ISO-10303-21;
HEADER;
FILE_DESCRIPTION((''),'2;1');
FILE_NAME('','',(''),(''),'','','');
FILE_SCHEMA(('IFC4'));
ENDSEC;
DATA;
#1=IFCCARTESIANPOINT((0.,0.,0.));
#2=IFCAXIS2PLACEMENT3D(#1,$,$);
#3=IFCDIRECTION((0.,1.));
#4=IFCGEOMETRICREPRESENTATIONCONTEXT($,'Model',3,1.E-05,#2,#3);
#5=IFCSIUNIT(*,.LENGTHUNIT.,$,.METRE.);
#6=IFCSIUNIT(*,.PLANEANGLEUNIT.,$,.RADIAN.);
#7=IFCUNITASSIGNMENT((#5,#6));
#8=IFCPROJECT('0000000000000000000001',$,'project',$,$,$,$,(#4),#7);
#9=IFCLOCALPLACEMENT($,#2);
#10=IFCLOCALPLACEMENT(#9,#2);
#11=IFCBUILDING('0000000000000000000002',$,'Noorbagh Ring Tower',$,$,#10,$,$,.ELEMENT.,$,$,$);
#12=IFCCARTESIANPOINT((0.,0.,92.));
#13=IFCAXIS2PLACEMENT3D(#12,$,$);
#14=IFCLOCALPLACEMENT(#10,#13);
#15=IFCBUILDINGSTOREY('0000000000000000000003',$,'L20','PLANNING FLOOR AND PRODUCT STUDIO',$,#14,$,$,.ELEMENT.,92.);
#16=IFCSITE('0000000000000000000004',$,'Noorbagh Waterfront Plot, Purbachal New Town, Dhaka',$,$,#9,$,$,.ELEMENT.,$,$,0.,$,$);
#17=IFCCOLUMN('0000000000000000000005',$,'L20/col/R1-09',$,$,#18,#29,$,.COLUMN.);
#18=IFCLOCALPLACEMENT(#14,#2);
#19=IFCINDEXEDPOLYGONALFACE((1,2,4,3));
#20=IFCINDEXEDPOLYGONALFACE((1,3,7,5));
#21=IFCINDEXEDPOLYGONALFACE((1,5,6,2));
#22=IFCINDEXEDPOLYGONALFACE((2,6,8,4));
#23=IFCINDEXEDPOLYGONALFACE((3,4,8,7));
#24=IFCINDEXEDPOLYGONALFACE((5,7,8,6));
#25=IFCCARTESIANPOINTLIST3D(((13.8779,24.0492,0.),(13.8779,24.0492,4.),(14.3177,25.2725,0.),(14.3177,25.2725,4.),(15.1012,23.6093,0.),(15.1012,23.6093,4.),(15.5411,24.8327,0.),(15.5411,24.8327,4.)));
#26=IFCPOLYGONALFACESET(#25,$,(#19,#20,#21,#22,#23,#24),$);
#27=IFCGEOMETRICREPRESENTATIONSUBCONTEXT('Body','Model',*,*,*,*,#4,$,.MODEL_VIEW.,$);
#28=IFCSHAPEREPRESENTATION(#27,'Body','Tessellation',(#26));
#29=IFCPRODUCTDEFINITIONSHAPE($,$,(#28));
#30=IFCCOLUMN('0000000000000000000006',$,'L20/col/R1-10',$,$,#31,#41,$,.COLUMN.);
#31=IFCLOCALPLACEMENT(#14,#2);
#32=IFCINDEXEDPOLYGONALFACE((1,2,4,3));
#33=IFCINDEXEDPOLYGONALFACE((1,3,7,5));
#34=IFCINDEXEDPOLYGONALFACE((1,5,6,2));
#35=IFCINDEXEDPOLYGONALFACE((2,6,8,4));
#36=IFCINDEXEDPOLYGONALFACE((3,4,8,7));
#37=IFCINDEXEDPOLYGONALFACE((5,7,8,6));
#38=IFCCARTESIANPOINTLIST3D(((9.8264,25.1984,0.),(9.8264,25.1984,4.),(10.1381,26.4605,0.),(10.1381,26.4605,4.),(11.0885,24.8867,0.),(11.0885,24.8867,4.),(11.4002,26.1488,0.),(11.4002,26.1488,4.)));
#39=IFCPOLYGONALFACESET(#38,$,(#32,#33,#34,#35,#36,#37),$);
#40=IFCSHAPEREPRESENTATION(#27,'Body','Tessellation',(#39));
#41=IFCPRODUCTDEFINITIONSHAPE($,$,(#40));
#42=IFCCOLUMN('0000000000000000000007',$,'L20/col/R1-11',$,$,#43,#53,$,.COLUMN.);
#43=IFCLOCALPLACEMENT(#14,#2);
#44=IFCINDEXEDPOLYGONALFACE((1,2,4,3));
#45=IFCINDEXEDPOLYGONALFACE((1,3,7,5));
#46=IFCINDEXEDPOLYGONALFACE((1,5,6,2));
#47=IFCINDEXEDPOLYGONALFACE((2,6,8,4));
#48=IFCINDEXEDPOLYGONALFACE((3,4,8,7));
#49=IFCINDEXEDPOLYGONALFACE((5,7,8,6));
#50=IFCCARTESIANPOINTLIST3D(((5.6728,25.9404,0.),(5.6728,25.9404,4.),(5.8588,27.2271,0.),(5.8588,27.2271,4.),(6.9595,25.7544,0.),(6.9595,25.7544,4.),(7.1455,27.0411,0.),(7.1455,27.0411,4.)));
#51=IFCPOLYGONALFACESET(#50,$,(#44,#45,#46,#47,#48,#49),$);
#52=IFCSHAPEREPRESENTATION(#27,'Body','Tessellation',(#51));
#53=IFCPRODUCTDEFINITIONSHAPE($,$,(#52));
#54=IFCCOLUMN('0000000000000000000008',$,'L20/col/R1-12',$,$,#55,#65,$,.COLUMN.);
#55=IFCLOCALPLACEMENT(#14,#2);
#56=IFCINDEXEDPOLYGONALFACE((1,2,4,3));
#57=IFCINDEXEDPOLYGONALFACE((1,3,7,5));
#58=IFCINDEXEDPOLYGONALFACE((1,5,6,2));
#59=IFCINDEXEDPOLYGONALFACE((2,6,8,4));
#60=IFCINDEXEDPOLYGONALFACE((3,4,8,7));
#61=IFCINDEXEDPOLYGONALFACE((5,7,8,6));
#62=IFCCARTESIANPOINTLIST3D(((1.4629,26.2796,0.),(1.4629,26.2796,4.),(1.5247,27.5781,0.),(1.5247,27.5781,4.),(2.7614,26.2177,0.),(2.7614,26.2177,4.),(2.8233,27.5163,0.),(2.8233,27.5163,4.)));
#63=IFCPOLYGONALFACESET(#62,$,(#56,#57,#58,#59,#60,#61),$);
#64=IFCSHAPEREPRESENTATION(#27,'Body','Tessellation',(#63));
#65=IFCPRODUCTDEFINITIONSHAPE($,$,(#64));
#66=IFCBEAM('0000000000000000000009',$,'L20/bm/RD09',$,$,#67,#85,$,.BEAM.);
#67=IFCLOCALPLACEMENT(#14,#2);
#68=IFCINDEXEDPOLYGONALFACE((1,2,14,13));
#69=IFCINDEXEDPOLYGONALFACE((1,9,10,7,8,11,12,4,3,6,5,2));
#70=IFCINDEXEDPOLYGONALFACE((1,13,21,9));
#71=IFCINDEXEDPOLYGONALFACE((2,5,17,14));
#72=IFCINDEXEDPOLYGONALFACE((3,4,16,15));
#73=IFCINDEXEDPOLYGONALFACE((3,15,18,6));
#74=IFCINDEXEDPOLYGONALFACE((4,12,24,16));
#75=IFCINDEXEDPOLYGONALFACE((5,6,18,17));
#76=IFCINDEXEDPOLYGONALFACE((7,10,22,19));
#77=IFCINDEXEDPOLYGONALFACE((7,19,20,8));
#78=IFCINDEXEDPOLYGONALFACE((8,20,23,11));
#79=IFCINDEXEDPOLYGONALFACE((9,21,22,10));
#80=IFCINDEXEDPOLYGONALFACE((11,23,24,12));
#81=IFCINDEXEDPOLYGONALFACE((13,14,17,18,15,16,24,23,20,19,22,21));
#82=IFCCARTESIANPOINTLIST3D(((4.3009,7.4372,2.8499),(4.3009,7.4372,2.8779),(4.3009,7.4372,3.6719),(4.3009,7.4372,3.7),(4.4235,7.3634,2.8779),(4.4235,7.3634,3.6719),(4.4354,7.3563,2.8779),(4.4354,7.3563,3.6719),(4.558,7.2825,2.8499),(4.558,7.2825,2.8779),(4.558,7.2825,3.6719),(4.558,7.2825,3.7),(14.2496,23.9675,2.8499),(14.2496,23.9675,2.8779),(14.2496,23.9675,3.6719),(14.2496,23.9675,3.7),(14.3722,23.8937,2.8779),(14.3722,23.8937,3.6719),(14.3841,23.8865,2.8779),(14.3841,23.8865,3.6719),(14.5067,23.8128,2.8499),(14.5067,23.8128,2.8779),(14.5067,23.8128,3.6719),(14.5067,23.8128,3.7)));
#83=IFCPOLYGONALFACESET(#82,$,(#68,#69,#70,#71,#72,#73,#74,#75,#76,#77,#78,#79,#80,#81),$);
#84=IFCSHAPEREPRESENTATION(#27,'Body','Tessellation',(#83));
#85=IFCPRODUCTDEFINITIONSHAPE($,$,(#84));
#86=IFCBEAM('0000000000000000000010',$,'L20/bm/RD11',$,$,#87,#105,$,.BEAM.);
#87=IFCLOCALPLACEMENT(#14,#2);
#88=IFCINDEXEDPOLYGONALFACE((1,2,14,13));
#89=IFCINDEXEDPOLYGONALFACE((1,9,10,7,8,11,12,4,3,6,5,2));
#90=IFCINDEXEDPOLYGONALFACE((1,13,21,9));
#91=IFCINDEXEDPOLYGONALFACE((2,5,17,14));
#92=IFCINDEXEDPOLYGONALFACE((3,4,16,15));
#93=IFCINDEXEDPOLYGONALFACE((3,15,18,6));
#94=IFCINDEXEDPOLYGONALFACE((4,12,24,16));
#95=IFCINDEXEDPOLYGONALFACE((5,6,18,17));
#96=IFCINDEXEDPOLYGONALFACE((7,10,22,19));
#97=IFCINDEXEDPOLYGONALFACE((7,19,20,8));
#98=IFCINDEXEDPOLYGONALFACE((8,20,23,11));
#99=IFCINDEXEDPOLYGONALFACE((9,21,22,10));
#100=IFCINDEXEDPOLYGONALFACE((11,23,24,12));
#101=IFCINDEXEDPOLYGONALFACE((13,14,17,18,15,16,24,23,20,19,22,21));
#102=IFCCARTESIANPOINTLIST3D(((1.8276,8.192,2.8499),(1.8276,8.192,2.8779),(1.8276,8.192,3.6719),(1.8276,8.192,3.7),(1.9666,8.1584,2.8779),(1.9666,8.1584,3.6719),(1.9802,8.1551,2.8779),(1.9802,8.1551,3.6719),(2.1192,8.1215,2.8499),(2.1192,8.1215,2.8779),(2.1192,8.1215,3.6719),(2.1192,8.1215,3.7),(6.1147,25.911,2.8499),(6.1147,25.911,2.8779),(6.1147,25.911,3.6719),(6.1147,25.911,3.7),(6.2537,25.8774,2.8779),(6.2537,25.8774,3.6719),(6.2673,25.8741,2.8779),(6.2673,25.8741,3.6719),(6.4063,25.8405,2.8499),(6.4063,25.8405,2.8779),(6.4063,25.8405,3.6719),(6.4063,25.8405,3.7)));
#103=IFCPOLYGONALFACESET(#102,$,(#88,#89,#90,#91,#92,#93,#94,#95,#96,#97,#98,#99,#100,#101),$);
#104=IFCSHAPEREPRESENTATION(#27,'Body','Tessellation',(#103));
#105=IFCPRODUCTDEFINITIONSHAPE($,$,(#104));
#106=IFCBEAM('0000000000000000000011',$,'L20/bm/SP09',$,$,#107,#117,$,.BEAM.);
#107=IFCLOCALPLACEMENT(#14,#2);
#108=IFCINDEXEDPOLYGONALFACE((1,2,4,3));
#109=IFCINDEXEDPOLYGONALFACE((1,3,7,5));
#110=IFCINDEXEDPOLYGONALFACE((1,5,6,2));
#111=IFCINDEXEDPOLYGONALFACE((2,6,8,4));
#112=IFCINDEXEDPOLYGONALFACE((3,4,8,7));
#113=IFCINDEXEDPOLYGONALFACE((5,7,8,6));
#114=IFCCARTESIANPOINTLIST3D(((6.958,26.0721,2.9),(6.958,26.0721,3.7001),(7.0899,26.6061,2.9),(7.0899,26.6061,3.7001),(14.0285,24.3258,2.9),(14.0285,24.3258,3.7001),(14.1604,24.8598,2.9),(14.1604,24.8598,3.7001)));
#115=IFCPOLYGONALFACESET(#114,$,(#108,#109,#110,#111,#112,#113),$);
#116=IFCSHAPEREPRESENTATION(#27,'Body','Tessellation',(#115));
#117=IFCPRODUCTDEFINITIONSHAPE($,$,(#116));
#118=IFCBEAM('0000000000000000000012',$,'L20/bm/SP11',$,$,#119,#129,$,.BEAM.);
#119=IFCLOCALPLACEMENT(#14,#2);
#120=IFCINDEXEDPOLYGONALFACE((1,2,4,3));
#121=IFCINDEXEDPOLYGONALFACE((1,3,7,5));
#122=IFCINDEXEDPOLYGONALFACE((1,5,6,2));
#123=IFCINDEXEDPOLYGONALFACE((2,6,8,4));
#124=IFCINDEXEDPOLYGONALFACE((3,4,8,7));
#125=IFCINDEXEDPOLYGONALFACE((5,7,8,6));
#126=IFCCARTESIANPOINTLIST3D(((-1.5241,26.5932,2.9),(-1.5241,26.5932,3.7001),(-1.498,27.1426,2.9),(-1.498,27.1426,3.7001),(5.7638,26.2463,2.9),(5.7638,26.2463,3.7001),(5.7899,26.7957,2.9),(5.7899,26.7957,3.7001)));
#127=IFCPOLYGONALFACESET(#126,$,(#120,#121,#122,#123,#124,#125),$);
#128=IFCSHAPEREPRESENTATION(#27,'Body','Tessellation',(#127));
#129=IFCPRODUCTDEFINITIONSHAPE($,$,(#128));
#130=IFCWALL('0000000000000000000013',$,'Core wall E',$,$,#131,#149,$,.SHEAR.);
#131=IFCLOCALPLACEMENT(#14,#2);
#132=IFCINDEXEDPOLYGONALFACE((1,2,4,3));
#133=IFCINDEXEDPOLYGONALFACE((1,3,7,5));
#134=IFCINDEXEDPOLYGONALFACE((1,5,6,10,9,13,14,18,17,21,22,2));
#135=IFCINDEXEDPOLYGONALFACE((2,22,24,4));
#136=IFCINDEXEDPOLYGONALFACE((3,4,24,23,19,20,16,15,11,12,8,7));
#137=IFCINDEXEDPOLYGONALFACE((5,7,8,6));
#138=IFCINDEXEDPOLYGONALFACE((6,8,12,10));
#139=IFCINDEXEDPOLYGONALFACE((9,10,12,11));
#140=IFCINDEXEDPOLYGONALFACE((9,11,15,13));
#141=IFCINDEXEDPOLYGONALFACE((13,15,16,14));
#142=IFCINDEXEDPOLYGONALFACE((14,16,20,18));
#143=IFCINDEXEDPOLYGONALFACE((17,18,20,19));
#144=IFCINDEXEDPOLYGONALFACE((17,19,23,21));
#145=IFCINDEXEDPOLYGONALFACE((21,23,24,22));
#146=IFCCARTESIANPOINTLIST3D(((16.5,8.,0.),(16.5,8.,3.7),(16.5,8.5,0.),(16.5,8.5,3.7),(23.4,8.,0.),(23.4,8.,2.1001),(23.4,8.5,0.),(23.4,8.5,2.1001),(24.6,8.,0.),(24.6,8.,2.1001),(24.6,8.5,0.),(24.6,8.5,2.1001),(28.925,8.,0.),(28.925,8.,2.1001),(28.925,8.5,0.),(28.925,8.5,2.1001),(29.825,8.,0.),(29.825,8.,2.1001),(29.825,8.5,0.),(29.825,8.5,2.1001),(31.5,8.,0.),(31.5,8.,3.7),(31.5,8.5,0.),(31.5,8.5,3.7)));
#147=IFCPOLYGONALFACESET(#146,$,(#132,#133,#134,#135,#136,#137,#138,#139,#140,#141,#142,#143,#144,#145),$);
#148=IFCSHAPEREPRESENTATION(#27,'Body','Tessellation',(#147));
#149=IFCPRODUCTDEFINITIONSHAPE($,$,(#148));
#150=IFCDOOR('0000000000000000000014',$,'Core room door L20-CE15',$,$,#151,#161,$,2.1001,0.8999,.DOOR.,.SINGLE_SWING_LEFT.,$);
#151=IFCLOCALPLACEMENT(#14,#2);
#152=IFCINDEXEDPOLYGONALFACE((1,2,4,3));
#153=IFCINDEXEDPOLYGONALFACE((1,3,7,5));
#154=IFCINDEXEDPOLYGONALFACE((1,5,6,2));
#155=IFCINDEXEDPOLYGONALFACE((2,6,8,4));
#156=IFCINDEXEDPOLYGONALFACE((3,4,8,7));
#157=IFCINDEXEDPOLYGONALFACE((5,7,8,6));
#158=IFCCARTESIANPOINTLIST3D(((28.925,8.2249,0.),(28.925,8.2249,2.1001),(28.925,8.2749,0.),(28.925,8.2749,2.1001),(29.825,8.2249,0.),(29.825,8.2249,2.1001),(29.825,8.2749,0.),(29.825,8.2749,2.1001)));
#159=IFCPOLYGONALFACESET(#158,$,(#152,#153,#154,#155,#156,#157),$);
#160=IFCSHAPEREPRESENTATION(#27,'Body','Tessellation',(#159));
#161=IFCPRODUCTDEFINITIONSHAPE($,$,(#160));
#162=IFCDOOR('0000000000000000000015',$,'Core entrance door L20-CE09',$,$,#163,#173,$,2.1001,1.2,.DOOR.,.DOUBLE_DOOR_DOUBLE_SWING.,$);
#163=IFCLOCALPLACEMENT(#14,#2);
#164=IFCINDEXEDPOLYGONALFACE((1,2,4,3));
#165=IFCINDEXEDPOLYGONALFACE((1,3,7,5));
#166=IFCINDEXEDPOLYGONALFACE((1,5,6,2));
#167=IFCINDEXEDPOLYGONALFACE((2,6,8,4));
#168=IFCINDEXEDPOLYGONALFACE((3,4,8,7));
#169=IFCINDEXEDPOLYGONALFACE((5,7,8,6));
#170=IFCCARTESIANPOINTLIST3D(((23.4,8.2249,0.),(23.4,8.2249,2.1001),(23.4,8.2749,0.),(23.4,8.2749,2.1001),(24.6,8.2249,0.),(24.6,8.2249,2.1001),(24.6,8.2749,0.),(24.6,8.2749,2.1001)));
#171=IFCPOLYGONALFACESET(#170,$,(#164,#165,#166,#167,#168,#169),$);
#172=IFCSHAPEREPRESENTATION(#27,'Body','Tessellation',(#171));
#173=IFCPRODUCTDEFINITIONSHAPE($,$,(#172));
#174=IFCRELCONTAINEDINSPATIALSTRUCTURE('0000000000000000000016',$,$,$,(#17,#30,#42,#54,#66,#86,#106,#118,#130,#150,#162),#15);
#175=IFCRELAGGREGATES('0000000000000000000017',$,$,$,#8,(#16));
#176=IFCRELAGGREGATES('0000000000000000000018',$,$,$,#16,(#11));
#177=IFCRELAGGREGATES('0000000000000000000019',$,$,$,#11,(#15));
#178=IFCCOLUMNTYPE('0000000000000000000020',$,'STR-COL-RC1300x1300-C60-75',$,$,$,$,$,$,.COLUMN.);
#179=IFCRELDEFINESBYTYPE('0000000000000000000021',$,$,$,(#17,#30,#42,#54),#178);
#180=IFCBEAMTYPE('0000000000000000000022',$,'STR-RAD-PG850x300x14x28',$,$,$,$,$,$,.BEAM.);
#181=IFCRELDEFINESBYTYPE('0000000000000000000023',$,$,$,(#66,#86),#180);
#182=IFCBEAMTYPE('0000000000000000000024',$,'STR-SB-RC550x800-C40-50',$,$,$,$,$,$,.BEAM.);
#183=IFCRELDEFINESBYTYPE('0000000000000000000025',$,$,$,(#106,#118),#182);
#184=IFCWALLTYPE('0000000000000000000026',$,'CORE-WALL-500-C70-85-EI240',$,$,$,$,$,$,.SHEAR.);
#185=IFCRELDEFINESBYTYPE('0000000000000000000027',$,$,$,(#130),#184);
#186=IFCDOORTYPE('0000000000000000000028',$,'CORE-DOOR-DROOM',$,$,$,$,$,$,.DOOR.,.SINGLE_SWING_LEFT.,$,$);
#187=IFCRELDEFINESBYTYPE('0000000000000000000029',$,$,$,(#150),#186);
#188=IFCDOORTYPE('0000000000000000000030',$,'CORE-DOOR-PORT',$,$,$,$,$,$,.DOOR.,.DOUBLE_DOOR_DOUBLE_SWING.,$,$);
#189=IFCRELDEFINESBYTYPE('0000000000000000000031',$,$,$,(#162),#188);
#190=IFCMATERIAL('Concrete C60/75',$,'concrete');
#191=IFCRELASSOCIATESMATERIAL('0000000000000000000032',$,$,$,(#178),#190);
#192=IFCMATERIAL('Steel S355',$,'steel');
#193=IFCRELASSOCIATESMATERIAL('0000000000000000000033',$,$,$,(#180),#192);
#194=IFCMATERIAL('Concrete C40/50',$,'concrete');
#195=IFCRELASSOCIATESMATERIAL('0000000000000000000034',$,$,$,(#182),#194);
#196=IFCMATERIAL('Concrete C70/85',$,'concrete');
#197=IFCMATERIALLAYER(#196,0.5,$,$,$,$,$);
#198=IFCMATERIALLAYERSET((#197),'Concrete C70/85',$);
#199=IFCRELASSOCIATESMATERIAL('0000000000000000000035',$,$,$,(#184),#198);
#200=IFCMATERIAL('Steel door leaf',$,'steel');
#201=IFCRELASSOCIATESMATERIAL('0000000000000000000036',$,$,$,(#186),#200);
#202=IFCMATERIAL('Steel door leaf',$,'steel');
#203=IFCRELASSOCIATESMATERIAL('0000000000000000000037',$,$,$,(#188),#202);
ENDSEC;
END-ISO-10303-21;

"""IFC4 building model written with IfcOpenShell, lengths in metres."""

from ifc_helpers import new_model, si_unit, direction, frame, frame_2d, origin, origin_2d, place, context, subcontext, project, spatial, rectangle, i_section, extrude, material, layer, layer_set, material_profile, profile_set, type_object, element, fill, save


model = new_model("IFC4")

# Units and contexts
model_context = context("Model", 3, precision=1e-05, world=origin(), true_north=direction((0.0, 1.0)))
body_context = subcontext(model_context, "Body", "Model", "MODEL_VIEW")
ifc_project = project(units=[si_unit("LENGTHUNIT", "METRE"), si_unit("PLANEANGLEUNIT", "RADIAN")], contexts=[model_context])

# Site, building, storey
site_placement = place(None, origin())
site = spatial("IfcSite", under=ifc_project, at=site_placement, Name="Noorbagh Waterfront Plot, Purbachal New Town, Dhaka", CompositionType="ELEMENT", RefElevation=0.0)
building_placement = place(site_placement, origin())
building = spatial("IfcBuilding", under=site, at=building_placement, Name="Noorbagh Ring Tower", CompositionType="ELEMENT")
storey_placement = place(building_placement, frame((0.0, 0.0, 92.0)))
storey = spatial("IfcBuildingStorey", under=building, at=storey_placement, Name="L20", Description="PLANNING FLOOR AND PRODUCT STUDIO", CompositionType="ELEMENT", Elevation=92.0)

# Columns
ifc_material_1 = material(Name="Concrete C60/75", Category="concrete")
ifc_material_profile_1 = material_profile(ifc_material_1, rectangle(XDim=1.3, YDim=1.3, at=origin_2d()), Name="RC1300x1300")
ifc_profile_set_1 = profile_set([ifc_material_profile_1], Name="Concrete C60/75")
column_type = type_object("IfcColumnType", Name="STR-COL-RC1300x1300-C60-75", PredefinedType="COLUMN", material=ifc_profile_set_1)
for number, where, z_axis, x_axis, name in (
    (1, (14.7095, 24.4409, 0.0), (0.0, 0.0, 1.0), (-0.941025, 0.338338, 0.0), "L20/col/R1-09"),
    (2, (10.6133, 25.6736, 0.0), (0.0, 0.0, 1.0), (-0.970829, 0.239771, 0.0), "L20/col/R1-10"),
    (3, (6.4092, 26.4907, 0.0), (0.0, 0.0, 1.0), (-0.989713, 0.143066, 0.0), "L20/col/R1-11"),
    (4, (2.1431, 26.8979, 0.0), (0.0, 0.0, 1.0), (-0.998869, 0.047553, 0.0), "L20/col/R1-12"),
):
    element("IfcColumn", number, at=place(storey_placement, frame(where, z_axis=z_axis, x_axis=x_axis)), inside=storey, type_object=column_type, Name=name, PredefinedType="COLUMN", context=body_context, shape_type="SweptSolid", body=[
        extrude(rectangle(XDim=1.3, YDim=1.3, at=origin_2d()), origin(), (0.0, 0.0, 1.0), 4.0),
    ])

# Beams
ifc_material_2 = material(Name="Steel S355", Category="steel")
ifc_material_profile_2 = material_profile(ifc_material_2, i_section(OverallWidth=0.3, OverallDepth=0.8501, WebThickness=0.0139, FlangeThickness=0.0281, at=origin_2d()), Name="PG850x300x14x28")
ifc_profile_set_2 = profile_set([ifc_material_profile_2], Name="Steel S355")
beam_type_1 = type_object("IfcBeamType", Name="STR-RAD-PG850x300x14x28", PredefinedType="BEAM", material=ifc_profile_set_2)
beam_1_placement = place(storey_placement, frame((14.3782, 23.8901, 3.2749), z_axis=(-0.51566, -0.856793, 0.0), x_axis=(0.856793, -0.51566, 0.0)))
element("IfcBeam", 5, at=beam_1_placement, inside=storey, type_object=beam_type_1, Name="L20/bm/RD09", PredefinedType="BEAM", context=body_context, shape_type="SweptSolid", body=[
    extrude(i_section(OverallWidth=0.3, OverallDepth=0.8501, WebThickness=0.0139, FlangeThickness=0.0281, at=origin_2d()), origin(), (0.0, 0.0, 1.0), 19.2932),
])
beam_2_placement = place(storey_placement, frame((6.2605, 25.8757, 3.2749), z_axis=(-0.235165, -0.971956, 0.0), x_axis=(0.971956, -0.235165, 0.0)))
element("IfcBeam", 6, at=beam_2_placement, inside=storey, type_object=beam_type_1, Name="L20/bm/RD11", PredefinedType="BEAM", context=body_context, shape_type="SweptSolid", body=[
    extrude(i_section(OverallWidth=0.3, OverallDepth=0.8501, WebThickness=0.0139, FlangeThickness=0.0281, at=origin_2d()), origin(), (0.0, 0.0, 1.0), 18.2302),
])
ifc_material_3 = material(Name="Concrete C40/50", Category="concrete")
ifc_material_profile_3 = material_profile(ifc_material_3, rectangle(XDim=0.55, YDim=0.8, at=origin_2d()), Name="RC550x800")
ifc_profile_set_3 = profile_set([ifc_material_profile_3], Name="Concrete C40/50")
beam_type_2 = type_object("IfcBeamType", Name="STR-SB-RC550x800-C40-50", PredefinedType="BEAM", material=ifc_profile_set_3)
beam_3_placement = place(storey_placement, frame((14.0945, 24.5928, 3.3), z_axis=(-0.970827, 0.239782, 0.0), x_axis=(-0.239782, -0.970827, 0.0)))
element("IfcBeam", 7, at=beam_3_placement, inside=storey, type_object=beam_type_2, Name="L20/bm/SP09", PredefinedType="BEAM", context=body_context, shape_type="SweptSolid", body=[
    extrude(rectangle(XDim=0.55, YDim=0.8, at=origin_2d()), origin(), (0.0, 0.0, 1.0), 7.283),
])
beam_4_placement = place(storey_placement, frame((5.7769, 26.521, 3.3), z_axis=(-0.998869, 0.047549, 0.0), x_axis=(-0.047549, -0.998869, 0.0)))
element("IfcBeam", 8, at=beam_4_placement, inside=storey, type_object=beam_type_2, Name="L20/bm/SP11", PredefinedType="BEAM", context=body_context, shape_type="SweptSolid", body=[
    extrude(rectangle(XDim=0.55, YDim=0.8, at=origin_2d()), origin(), (0.0, 0.0, 1.0), 7.2961),
])

# Wall, openings, doors
ifc_material_4 = material(Name="Concrete C70/85", Category="concrete")
ifc_layer_1 = layer(ifc_material_4, 0.5)
ifc_layer_set_1 = layer_set([ifc_layer_1], Name="Concrete C70/85")
wall_type_1 = type_object("IfcWallType", Name="CORE-WALL-500-C70-85-EI240", PredefinedType="SHEAR", material=ifc_layer_set_1)
wall_1_placement = place(storey_placement, frame((16.5, 8.25, 0.0), z_axis=(0.0, 0.0, 1.0), x_axis=(1.0, 0.0, 0.0)))
wall_1 = element("IfcWall", 9, at=wall_1_placement, inside=storey, type_object=wall_type_1, Name="Core wall E", PredefinedType="SHEAR", context=body_context, shape_type="SweptSolid", body=[
    extrude(rectangle(XDim=15.0, YDim=0.5, at=frame_2d((7.5, 0.0))), origin(), (0.0, 0.0, 1.0), 3.7),
])
opening_1_placement = place(wall_1_placement, frame((6.8999, 0.0, 0.0)))
opening_1 = element("IfcOpeningElement", 10, at=opening_1_placement, cuts=wall_1, PredefinedType="OPENING", context=body_context, shape_type="SweptSolid", body=[
    extrude(rectangle(XDim=1.2, YDim=2.1001, at=frame_2d((0.6001, 1.05))), frame((0.0, 0.26, 0.0), z_axis=(0.0, -1.0, 0.0), x_axis=(1.0, 0.0, 0.0)), (0.0, 0.0, 1.0), 0.52),
])
opening_2_placement = place(wall_1_placement, frame((12.425, 0.0, 0.0)))
opening_2 = element("IfcOpeningElement", 11, at=opening_2_placement, cuts=wall_1, PredefinedType="OPENING", context=body_context, shape_type="SweptSolid", body=[
    extrude(rectangle(XDim=0.8999, YDim=2.1001, at=frame_2d((0.45, 1.05))), frame((0.0, 0.26, 0.0), z_axis=(0.0, -1.0, 0.0), x_axis=(1.0, 0.0, 0.0)), (0.0, 0.0, 1.0), 0.52),
])
ifc_material_5 = material(Name="Steel door leaf", Category="steel")
door_type_1 = type_object("IfcDoorType", Name="CORE-DOOR-DROOM", OperationType="SINGLE_SWING_LEFT", PredefinedType="DOOR", material=ifc_material_5)
door_1_placement = place(opening_2_placement, origin())
door_1 = element("IfcDoor", 12, at=door_1_placement, inside=storey, type_object=door_type_1, Name="Core room door L20-CE15", OperationType="SINGLE_SWING_LEFT", OverallHeight=2.1001, OverallWidth=0.8999, PredefinedType="DOOR", context=body_context, shape_type="SweptSolid", body=[
    extrude(rectangle(XDim=0.8999, YDim=2.1001, at=frame_2d((0.45, 1.05))), frame((0.0, 0.0249, 0.0), z_axis=(0.0, -1.0, 0.0), x_axis=(1.0, 0.0, 0.0)), (0.0, 0.0, 1.0), 0.05),
])
fill(opening_2, door_1)
ifc_material_6 = material(Name="Steel door leaf", Category="steel")
door_type_2 = type_object("IfcDoorType", Name="CORE-DOOR-PORT", OperationType="DOUBLE_DOOR_DOUBLE_SWING", PredefinedType="DOOR", material=ifc_material_6)
door_2_placement = place(opening_1_placement, origin())
door_2 = element("IfcDoor", 13, at=door_2_placement, inside=storey, type_object=door_type_2, Name="Core entrance door L20-CE09", OperationType="DOUBLE_DOOR_DOUBLE_SWING", OverallHeight=2.1001, OverallWidth=1.2, PredefinedType="DOOR", context=body_context, shape_type="SweptSolid", body=[
    extrude(rectangle(XDim=1.2, YDim=2.1001, at=frame_2d((0.6001, 1.05))), frame((0.0, 0.0249, 0.0), z_axis=(0.0, -1.0, 0.0), x_axis=(1.0, 0.0, 0.0)), (0.0, 0.0, 1.0), 0.05),
])
fill(opening_1, door_2)

save(model, "model.ifc")
